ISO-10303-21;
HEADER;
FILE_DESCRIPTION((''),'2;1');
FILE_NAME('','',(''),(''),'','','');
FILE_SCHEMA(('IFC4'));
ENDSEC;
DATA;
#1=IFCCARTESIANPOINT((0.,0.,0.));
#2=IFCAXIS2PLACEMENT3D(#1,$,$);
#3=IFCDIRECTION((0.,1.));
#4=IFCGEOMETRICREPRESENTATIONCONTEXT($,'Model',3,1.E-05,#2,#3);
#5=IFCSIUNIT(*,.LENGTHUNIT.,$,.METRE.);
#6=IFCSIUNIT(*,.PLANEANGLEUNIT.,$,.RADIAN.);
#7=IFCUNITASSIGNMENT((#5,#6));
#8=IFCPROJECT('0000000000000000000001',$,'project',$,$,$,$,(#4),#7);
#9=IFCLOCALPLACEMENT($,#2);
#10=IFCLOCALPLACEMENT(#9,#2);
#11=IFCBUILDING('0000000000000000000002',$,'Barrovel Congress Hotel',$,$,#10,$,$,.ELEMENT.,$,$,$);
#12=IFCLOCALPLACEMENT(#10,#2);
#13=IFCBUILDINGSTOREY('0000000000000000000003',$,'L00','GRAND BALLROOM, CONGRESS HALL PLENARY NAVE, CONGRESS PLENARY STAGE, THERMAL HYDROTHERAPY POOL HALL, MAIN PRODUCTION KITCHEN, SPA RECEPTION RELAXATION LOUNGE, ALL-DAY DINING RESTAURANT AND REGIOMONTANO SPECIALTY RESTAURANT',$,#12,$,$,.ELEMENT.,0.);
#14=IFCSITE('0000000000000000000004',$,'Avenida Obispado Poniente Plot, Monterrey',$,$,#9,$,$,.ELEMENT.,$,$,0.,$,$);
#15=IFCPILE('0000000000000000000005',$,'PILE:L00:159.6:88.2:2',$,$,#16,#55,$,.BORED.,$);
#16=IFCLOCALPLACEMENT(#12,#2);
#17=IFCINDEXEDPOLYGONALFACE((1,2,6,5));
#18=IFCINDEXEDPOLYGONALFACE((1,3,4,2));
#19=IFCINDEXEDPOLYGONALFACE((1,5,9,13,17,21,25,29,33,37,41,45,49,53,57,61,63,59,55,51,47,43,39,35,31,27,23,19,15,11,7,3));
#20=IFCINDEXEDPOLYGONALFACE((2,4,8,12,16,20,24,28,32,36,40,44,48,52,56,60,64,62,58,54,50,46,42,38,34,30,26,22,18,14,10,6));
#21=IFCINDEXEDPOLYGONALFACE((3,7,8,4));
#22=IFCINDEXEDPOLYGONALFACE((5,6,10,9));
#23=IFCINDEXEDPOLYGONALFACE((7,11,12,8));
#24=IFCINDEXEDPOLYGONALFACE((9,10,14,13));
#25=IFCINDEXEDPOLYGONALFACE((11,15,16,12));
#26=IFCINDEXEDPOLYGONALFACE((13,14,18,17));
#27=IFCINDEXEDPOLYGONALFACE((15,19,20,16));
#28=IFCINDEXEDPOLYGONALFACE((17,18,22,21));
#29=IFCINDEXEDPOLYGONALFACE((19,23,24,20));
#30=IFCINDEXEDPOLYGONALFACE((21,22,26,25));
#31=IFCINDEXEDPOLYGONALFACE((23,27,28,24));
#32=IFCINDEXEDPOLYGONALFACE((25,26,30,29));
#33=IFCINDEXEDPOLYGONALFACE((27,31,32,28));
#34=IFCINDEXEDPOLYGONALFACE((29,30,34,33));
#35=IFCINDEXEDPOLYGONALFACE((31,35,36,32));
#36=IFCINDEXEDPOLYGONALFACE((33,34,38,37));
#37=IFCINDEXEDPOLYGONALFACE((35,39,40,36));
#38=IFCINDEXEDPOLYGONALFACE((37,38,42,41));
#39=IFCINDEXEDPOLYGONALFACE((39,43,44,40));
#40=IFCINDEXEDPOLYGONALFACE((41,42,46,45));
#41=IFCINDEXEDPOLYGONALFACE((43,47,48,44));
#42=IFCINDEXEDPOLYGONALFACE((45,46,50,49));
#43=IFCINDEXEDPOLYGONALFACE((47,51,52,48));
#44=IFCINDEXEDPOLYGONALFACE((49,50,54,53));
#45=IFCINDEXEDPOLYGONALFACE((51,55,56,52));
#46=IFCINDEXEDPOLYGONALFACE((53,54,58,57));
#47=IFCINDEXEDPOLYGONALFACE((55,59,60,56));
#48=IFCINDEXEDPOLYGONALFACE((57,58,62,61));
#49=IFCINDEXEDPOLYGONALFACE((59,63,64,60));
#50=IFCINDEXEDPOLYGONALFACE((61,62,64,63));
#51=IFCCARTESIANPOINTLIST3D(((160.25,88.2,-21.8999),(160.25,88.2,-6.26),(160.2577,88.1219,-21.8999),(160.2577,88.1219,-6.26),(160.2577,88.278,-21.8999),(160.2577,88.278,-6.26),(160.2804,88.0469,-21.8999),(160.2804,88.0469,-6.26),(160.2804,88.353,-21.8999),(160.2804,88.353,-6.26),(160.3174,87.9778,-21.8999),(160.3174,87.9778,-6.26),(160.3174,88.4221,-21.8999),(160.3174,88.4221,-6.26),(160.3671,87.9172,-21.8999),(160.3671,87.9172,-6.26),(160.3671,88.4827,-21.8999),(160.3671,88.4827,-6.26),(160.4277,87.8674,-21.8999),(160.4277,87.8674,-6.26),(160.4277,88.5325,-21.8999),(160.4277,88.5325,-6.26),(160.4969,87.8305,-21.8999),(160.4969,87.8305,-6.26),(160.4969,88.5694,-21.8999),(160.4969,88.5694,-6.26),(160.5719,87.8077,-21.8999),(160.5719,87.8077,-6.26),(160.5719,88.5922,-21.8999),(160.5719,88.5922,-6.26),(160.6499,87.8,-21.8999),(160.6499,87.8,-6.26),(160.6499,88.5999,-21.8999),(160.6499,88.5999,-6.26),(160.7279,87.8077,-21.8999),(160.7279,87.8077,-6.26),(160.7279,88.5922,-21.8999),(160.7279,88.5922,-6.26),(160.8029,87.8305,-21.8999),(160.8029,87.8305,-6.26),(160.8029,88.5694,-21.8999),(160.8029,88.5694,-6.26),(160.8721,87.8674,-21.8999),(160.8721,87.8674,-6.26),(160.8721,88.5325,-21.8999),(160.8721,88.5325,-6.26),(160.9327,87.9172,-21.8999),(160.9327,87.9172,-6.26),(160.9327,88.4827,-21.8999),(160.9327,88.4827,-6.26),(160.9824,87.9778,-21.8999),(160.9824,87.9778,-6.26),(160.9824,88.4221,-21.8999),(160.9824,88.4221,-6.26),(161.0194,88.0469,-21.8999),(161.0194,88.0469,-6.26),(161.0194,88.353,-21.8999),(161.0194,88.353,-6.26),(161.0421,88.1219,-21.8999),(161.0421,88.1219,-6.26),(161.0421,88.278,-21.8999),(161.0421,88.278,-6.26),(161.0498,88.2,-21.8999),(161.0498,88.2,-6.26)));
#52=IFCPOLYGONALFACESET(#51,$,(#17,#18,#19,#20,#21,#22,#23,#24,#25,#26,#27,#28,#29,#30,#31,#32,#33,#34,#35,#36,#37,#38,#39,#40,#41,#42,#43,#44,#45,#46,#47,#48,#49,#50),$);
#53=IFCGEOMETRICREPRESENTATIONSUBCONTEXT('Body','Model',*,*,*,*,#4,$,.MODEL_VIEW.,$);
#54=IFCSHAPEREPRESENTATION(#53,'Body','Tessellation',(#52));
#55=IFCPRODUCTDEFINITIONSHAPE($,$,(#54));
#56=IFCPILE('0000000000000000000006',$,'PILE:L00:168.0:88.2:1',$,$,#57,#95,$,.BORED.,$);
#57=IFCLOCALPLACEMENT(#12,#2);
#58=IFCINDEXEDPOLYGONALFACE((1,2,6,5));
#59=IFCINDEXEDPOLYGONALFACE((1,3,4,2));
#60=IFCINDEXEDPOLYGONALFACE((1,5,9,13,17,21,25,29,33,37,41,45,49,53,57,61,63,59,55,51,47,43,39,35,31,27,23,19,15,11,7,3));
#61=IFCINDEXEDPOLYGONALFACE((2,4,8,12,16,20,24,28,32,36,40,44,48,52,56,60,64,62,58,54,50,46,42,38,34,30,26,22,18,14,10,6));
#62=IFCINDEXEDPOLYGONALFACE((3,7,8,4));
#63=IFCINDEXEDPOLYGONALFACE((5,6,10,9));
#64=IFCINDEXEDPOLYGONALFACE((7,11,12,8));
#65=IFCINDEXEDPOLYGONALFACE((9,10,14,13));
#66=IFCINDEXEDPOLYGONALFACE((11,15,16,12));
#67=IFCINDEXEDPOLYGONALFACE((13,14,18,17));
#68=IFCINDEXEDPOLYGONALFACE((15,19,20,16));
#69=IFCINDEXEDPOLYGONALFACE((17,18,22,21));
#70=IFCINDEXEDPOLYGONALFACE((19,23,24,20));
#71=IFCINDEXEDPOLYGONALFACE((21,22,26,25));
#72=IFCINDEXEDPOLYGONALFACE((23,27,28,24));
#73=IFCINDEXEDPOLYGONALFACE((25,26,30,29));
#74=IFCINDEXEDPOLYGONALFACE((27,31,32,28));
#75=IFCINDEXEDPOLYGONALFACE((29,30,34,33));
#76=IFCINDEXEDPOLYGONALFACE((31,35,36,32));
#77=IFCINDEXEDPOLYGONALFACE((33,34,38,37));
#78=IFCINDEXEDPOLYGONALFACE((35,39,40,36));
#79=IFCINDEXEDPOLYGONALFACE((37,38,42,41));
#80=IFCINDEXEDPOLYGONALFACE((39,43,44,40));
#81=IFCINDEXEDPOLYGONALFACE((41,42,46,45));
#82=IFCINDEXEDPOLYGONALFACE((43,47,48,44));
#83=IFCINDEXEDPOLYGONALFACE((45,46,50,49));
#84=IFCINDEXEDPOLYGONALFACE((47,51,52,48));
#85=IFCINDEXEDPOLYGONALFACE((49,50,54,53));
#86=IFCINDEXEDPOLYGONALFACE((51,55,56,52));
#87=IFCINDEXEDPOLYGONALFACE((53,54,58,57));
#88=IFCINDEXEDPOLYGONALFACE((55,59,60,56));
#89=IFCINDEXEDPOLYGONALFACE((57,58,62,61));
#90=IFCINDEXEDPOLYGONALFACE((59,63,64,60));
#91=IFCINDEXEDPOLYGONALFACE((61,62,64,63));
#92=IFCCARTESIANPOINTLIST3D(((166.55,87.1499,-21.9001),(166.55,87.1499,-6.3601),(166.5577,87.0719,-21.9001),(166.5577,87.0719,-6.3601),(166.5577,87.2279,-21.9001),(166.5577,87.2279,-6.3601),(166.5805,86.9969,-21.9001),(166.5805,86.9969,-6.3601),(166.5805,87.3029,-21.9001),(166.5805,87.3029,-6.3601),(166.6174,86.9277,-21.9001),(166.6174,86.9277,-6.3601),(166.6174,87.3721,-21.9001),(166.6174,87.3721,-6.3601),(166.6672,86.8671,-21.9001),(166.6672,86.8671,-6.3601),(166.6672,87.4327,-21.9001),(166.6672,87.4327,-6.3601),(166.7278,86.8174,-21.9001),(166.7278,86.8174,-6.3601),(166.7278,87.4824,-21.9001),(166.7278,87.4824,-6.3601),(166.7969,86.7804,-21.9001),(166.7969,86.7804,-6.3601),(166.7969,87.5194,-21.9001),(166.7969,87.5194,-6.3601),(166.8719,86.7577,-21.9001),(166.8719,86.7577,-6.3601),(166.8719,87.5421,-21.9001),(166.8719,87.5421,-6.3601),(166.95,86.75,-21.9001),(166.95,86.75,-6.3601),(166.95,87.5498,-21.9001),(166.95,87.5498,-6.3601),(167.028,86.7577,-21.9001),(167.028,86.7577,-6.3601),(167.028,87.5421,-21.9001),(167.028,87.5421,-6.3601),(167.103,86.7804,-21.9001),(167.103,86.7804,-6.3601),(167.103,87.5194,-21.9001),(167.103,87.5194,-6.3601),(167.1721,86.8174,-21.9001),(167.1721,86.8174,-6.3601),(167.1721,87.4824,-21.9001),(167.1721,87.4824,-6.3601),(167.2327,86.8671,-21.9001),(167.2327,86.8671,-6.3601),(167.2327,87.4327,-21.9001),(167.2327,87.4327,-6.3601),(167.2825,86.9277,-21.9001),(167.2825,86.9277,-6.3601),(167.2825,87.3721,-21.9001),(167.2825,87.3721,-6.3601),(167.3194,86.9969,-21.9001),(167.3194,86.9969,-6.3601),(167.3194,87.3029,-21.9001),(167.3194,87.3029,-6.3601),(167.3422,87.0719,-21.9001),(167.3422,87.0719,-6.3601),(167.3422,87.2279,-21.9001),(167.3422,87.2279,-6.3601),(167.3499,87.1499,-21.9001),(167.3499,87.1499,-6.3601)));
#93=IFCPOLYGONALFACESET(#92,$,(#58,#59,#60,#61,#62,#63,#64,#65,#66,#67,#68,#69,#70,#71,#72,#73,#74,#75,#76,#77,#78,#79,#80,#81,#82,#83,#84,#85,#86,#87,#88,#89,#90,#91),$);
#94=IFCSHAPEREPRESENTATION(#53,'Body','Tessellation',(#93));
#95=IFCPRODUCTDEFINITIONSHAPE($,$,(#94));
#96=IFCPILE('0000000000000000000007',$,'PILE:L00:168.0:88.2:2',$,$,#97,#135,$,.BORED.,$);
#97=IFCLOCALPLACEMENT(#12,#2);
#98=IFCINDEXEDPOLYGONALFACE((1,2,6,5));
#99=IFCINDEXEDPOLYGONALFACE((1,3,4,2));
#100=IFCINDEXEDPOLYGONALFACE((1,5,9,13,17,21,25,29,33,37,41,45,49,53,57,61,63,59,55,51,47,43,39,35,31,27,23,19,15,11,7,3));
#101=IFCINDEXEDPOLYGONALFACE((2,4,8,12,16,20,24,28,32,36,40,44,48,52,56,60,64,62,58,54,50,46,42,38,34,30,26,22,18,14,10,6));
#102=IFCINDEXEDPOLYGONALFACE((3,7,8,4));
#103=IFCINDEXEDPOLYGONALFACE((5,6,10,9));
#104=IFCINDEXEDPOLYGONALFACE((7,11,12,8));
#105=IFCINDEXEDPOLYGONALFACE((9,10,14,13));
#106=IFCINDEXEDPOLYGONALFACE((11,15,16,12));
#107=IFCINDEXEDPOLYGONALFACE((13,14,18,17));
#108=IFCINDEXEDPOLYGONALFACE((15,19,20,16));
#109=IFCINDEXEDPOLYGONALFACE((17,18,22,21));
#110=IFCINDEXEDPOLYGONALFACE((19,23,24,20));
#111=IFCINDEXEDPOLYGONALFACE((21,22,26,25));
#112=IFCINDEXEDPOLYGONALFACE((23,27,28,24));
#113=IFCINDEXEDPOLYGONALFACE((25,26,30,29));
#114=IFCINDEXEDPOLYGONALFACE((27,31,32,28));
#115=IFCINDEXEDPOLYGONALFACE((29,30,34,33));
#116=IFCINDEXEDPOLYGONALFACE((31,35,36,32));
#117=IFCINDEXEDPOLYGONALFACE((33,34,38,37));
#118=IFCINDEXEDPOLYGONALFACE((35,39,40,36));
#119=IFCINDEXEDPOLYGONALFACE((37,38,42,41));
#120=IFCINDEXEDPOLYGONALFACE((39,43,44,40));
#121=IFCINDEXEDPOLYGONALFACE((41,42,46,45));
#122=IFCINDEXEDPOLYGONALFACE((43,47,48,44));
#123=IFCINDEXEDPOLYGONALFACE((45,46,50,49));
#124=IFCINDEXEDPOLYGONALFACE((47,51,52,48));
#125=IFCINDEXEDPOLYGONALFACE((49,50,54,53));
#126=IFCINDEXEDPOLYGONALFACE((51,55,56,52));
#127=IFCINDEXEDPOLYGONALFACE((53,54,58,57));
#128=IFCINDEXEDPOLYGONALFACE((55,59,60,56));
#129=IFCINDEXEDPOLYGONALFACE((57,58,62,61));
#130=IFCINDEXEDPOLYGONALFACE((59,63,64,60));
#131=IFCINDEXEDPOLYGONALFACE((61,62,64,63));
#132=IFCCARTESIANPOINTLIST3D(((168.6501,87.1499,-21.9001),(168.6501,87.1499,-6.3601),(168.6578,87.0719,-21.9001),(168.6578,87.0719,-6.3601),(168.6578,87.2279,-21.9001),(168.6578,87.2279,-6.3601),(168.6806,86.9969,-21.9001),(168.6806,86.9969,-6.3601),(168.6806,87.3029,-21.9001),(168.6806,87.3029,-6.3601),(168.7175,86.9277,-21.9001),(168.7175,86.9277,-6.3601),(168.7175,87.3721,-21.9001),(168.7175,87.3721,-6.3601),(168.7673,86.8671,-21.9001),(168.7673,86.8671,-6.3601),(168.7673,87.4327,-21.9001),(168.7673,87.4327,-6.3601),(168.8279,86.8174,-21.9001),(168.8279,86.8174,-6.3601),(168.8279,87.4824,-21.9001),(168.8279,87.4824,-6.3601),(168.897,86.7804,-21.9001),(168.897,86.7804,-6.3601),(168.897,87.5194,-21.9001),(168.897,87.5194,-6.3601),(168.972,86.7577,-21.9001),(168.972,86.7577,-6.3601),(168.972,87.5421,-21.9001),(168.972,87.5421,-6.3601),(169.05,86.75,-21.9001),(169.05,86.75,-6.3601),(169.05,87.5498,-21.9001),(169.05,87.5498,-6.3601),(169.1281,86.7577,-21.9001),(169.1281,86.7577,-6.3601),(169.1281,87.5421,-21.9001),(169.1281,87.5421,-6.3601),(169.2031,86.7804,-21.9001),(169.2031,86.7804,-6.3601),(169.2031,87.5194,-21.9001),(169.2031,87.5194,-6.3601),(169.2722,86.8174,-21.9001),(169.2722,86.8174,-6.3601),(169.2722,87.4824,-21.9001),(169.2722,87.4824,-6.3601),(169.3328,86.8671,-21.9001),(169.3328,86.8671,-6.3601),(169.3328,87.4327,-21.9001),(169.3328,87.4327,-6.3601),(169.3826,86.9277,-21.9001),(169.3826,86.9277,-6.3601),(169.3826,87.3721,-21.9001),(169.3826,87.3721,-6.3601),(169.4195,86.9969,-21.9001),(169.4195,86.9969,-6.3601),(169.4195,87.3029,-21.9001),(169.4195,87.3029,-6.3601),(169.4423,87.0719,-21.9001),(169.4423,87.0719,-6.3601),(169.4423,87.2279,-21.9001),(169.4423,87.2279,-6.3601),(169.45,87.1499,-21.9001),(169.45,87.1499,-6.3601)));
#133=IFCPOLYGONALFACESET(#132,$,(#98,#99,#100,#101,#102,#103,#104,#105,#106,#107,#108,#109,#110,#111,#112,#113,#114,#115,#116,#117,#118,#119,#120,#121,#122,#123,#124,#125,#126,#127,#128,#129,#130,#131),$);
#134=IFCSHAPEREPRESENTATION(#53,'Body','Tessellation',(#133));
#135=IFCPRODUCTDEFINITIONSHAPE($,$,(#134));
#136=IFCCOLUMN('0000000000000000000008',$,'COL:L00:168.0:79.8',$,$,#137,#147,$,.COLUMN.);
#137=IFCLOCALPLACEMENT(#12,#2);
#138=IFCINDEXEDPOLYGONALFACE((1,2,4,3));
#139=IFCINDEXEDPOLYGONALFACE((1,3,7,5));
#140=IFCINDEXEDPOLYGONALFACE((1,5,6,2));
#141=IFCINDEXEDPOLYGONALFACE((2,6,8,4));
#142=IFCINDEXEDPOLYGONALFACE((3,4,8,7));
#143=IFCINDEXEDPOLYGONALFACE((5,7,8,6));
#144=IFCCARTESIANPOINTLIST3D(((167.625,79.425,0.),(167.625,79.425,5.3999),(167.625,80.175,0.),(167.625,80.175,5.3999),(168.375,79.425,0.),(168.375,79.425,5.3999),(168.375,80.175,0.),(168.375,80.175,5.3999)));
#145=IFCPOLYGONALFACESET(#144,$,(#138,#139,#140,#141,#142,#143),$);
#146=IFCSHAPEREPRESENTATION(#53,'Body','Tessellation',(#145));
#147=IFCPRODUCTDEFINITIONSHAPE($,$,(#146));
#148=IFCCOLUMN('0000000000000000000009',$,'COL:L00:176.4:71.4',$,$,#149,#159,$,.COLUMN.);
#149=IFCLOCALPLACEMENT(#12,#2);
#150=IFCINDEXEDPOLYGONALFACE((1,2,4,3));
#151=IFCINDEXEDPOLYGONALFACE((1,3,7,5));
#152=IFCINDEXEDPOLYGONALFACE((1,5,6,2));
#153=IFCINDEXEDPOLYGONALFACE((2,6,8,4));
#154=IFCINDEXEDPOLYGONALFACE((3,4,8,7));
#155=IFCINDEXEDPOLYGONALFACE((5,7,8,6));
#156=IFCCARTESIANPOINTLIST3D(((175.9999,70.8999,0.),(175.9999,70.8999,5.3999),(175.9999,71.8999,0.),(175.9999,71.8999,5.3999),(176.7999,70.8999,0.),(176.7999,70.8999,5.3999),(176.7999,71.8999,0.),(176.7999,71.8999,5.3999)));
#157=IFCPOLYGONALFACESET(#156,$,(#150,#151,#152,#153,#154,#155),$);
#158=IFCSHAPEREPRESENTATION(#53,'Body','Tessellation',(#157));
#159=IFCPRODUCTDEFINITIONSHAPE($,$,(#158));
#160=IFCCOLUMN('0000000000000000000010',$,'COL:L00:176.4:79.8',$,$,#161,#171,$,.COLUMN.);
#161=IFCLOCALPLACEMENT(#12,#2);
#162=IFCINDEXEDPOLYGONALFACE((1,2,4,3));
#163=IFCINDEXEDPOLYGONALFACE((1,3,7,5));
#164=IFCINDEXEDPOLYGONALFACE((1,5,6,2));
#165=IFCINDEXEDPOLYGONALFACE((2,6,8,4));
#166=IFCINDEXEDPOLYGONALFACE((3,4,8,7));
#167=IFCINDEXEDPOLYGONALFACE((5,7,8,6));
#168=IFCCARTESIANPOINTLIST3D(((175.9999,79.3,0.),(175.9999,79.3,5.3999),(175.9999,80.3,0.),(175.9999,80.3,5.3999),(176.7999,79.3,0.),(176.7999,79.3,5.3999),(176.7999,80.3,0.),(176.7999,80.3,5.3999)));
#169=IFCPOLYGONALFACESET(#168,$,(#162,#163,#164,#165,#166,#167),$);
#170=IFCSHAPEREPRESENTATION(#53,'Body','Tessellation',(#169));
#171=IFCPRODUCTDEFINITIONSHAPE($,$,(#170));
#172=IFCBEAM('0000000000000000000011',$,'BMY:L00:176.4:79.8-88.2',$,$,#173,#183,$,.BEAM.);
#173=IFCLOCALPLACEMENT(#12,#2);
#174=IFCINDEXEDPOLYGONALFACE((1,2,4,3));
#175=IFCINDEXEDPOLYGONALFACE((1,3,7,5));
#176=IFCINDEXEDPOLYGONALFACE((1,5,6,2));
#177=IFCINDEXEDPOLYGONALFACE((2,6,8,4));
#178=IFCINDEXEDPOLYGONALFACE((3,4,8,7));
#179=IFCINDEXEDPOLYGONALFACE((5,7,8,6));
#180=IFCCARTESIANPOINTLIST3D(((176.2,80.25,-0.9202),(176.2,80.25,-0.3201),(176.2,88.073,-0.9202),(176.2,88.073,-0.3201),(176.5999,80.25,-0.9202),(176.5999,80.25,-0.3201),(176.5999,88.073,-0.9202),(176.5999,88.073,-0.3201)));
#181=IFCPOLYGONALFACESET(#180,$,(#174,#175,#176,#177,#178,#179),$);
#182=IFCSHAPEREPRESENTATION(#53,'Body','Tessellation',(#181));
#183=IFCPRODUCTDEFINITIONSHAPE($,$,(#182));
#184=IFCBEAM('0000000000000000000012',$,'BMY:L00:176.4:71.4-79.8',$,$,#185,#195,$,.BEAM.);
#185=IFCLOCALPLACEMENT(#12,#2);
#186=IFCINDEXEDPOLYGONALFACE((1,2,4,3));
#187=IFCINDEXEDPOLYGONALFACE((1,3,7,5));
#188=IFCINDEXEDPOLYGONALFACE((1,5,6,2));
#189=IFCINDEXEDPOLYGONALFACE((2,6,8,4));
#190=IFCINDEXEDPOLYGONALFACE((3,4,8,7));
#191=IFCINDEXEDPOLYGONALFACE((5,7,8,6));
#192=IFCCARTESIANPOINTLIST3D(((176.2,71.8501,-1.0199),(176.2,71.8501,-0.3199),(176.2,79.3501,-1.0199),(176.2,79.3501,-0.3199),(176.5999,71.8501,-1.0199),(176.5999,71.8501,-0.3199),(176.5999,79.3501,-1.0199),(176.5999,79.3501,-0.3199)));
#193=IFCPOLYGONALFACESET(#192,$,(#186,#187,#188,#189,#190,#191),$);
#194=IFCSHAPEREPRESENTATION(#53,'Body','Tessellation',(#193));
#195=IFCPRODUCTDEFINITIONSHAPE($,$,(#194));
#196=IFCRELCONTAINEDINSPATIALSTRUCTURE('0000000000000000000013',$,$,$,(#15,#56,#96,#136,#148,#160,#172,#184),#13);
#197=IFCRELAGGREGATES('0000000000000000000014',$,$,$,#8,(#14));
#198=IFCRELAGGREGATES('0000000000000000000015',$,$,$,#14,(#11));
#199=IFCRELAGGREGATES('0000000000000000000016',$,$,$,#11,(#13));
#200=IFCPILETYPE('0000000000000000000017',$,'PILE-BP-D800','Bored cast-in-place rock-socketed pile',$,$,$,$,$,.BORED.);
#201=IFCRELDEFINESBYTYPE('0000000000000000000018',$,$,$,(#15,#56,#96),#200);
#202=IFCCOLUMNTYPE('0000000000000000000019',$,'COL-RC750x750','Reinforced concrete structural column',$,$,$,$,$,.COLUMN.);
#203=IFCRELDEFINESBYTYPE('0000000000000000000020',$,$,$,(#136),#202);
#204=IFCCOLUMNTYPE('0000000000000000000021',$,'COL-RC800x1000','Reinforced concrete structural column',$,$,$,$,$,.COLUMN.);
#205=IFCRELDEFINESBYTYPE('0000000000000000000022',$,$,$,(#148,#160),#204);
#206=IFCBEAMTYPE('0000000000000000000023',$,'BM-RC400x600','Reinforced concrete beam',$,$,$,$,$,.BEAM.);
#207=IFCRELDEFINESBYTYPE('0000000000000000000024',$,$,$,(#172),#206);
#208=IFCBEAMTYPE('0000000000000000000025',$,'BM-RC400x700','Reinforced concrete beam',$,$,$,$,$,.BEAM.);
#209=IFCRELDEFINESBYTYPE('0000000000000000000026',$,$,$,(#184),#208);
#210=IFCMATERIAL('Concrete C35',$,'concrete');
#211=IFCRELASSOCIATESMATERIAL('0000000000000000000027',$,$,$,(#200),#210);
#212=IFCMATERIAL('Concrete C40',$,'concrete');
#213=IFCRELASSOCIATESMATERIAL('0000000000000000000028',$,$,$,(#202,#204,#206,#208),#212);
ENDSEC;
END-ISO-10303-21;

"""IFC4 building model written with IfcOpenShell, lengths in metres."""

from ifc_helpers import new_model, si_unit, direction, frame, origin, origin_2d, place, context, subcontext, project, spatial, rectangle, circle, extrude, material, material_profile, profile_set, type_object, element, save


model = new_model("IFC4")

# Units and contexts
model_context = context("Model", 3, precision=1e-05, world=origin(), true_north=direction((0.0, 1.0)))
body_context = subcontext(model_context, "Body", "Model", "MODEL_VIEW")
ifc_project = project(units=[si_unit("LENGTHUNIT", "METRE"), si_unit("PLANEANGLEUNIT", "RADIAN")], contexts=[model_context])

# Site, building, storey
site_placement = place(None, origin())
site = spatial("IfcSite", under=ifc_project, at=site_placement, Name="Avenida Obispado Poniente Plot, Monterrey", CompositionType="ELEMENT", RefElevation=0.0)
building_placement = place(site_placement, origin())
building = spatial("IfcBuilding", under=site, at=building_placement, Name="Barrovel Congress Hotel", CompositionType="ELEMENT")
storey_placement = place(building_placement, origin())
storey = spatial("IfcBuildingStorey", under=building, at=storey_placement, Name="L00", Description="GRAND BALLROOM, CONGRESS HALL PLENARY NAVE, CONGRESS PLENARY STAGE, THERMAL HYDROTHERAPY POOL HALL, MAIN PRODUCTION KITCHEN, SPA RECEPTION RELAXATION LOUNGE, ALL-DAY DINING RESTAURANT AND REGIOMONTANO SPECIALTY RESTAURANT", CompositionType="ELEMENT", Elevation=0.0)

# Piles
ifc_material_1 = material(Name="Concrete C35", Category="concrete")
ifc_material_profile_1 = material_profile(ifc_material_1, circle(Radius=0.3999, at=origin_2d()), Name="BP-D800")
ifc_profile_set_1 = profile_set([ifc_material_profile_1], Name="Concrete C35")
pile_type = type_object("IfcPileType", Name="PILE-BP-D800", Description="Bored cast-in-place rock-socketed pile", PredefinedType="BORED", material=ifc_profile_set_1)
pile_placement = place(storey_placement, frame((160.6499, 88.2, -6.26), z_axis=(0.0, 0.0, -1.0), x_axis=(1.0, 0.0, 0.0)))
element("IfcPile", 1, at=pile_placement, inside=storey, type_object=pile_type, Name="PILE:L00:159.6:88.2:2", PredefinedType="BORED", context=body_context, shape_type="SweptSolid", body=[
    extrude(circle(Radius=0.3999, at=origin_2d()), origin(), (0.0, 0.0, 1.0), 15.6399),
])
for number, where, z_axis, x_axis, name in (
    (2, (166.95, 87.1499, -6.3601), (0.0, 0.0, -1.0), (1.0, 0.0, 0.0), "PILE:L00:168.0:88.2:1"),
    (3, (169.05, 87.1499, -6.3601), (0.0, 0.0, -1.0), (1.0, 0.0, 0.0), "PILE:L00:168.0:88.2:2"),
):
    element("IfcPile", number, at=place(storey_placement, frame(where, z_axis=z_axis, x_axis=x_axis)), inside=storey, type_object=pile_type, Name=name, PredefinedType="BORED", context=body_context, shape_type="SweptSolid", body=[
        extrude(circle(Radius=0.3999, at=origin_2d()), origin(), (0.0, 0.0, 1.0), 15.54),
    ])

# Columns
ifc_material_2 = material(Name="Concrete C40", Category="concrete")
ifc_material_profile_2 = material_profile(ifc_material_2, rectangle(XDim=0.75, YDim=0.75, at=origin_2d()), Name="RC750x750")
ifc_profile_set_2 = profile_set([ifc_material_profile_2], Name="Concrete C40")
column_type_1 = type_object("IfcColumnType", Name="COL-RC750x750", Description="Reinforced concrete structural column", PredefinedType="COLUMN", material=ifc_profile_set_2)
column_placement = place(storey_placement, frame((168.0, 79.8, 0.0), z_axis=(0.0, 0.0, 1.0), x_axis=(1.0, 0.0, 0.0)))
element("IfcColumn", 4, at=column_placement, inside=storey, type_object=column_type_1, Name="COL:L00:168.0:79.8", PredefinedType="COLUMN", context=body_context, shape_type="SweptSolid", body=[
    extrude(rectangle(XDim=0.75, YDim=0.75, at=origin_2d()), origin(), (0.0, 0.0, 1.0), 5.3999),
])
ifc_material_profile_3 = material_profile(ifc_material_2, rectangle(XDim=0.8, YDim=1.0, at=origin_2d()), Name="RC800x1000")
ifc_profile_set_3 = profile_set([ifc_material_profile_3], Name="Concrete C40")
column_type_2 = type_object("IfcColumnType", Name="COL-RC800x1000", Description="Reinforced concrete structural column", PredefinedType="COLUMN", material=ifc_profile_set_3)
for number, where, z_axis, x_axis, name in (
    (5, (176.3999, 71.3999, 0.0), (0.0, 0.0, 1.0), (1.0, 0.0, 0.0), "COL:L00:176.4:71.4"),
    (6, (176.3999, 79.8, 0.0), (0.0, 0.0, 1.0), (1.0, 0.0, 0.0), "COL:L00:176.4:79.8"),
):
    element("IfcColumn", number, at=place(storey_placement, frame(where, z_axis=z_axis, x_axis=x_axis)), inside=storey, type_object=column_type_2, Name=name, PredefinedType="COLUMN", context=body_context, shape_type="SweptSolid", body=[
        extrude(rectangle(XDim=0.8, YDim=1.0, at=origin_2d()), origin(), (0.0, 0.0, 1.0), 5.3999),
    ])

# Beams
ifc_material_profile_4 = material_profile(ifc_material_2, rectangle(XDim=0.3999, YDim=0.6001, at=origin_2d()), Name="RC400x600")
ifc_profile_set_4 = profile_set([ifc_material_profile_4], Name="Concrete C40")
beam_type_1 = type_object("IfcBeamType", Name="BM-RC400x600", Description="Reinforced concrete beam", PredefinedType="BEAM", material=ifc_profile_set_4)
beam_1_placement = place(storey_placement, frame((176.3999, 80.25, -0.6201), z_axis=(0.0, 1.0, 0.0), x_axis=(-1.0, 0.0, 0.0)))
element("IfcBeam", 7, at=beam_1_placement, inside=storey, type_object=beam_type_1, Name="BMY:L00:176.4:79.8-88.2", PredefinedType="BEAM", context=body_context, shape_type="SweptSolid", body=[
    extrude(rectangle(XDim=0.3999, YDim=0.6001, at=origin_2d()), origin(), (0.0, 0.0, 1.0), 7.823),
])
ifc_material_profile_5 = material_profile(ifc_material_2, rectangle(XDim=0.3999, YDim=0.7, at=origin_2d()), Name="RC400x700")
ifc_profile_set_5 = profile_set([ifc_material_profile_5], Name="Concrete C40")
beam_type_2 = type_object("IfcBeamType", Name="BM-RC400x700", Description="Reinforced concrete beam", PredefinedType="BEAM", material=ifc_profile_set_5)
beam_2_placement = place(storey_placement, frame((176.3999, 71.8501, -0.6699), z_axis=(0.0, 1.0, 0.0), x_axis=(-1.0, 0.0, 0.0)))
element("IfcBeam", 8, at=beam_2_placement, inside=storey, type_object=beam_type_2, Name="BMY:L00:176.4:71.4-79.8", PredefinedType="BEAM", context=body_context, shape_type="SweptSolid", body=[
    extrude(rectangle(XDim=0.3999, YDim=0.7, at=origin_2d()), origin(), (0.0, 0.0, 1.0), 7.5),
])

save(model, "model.ifc")
